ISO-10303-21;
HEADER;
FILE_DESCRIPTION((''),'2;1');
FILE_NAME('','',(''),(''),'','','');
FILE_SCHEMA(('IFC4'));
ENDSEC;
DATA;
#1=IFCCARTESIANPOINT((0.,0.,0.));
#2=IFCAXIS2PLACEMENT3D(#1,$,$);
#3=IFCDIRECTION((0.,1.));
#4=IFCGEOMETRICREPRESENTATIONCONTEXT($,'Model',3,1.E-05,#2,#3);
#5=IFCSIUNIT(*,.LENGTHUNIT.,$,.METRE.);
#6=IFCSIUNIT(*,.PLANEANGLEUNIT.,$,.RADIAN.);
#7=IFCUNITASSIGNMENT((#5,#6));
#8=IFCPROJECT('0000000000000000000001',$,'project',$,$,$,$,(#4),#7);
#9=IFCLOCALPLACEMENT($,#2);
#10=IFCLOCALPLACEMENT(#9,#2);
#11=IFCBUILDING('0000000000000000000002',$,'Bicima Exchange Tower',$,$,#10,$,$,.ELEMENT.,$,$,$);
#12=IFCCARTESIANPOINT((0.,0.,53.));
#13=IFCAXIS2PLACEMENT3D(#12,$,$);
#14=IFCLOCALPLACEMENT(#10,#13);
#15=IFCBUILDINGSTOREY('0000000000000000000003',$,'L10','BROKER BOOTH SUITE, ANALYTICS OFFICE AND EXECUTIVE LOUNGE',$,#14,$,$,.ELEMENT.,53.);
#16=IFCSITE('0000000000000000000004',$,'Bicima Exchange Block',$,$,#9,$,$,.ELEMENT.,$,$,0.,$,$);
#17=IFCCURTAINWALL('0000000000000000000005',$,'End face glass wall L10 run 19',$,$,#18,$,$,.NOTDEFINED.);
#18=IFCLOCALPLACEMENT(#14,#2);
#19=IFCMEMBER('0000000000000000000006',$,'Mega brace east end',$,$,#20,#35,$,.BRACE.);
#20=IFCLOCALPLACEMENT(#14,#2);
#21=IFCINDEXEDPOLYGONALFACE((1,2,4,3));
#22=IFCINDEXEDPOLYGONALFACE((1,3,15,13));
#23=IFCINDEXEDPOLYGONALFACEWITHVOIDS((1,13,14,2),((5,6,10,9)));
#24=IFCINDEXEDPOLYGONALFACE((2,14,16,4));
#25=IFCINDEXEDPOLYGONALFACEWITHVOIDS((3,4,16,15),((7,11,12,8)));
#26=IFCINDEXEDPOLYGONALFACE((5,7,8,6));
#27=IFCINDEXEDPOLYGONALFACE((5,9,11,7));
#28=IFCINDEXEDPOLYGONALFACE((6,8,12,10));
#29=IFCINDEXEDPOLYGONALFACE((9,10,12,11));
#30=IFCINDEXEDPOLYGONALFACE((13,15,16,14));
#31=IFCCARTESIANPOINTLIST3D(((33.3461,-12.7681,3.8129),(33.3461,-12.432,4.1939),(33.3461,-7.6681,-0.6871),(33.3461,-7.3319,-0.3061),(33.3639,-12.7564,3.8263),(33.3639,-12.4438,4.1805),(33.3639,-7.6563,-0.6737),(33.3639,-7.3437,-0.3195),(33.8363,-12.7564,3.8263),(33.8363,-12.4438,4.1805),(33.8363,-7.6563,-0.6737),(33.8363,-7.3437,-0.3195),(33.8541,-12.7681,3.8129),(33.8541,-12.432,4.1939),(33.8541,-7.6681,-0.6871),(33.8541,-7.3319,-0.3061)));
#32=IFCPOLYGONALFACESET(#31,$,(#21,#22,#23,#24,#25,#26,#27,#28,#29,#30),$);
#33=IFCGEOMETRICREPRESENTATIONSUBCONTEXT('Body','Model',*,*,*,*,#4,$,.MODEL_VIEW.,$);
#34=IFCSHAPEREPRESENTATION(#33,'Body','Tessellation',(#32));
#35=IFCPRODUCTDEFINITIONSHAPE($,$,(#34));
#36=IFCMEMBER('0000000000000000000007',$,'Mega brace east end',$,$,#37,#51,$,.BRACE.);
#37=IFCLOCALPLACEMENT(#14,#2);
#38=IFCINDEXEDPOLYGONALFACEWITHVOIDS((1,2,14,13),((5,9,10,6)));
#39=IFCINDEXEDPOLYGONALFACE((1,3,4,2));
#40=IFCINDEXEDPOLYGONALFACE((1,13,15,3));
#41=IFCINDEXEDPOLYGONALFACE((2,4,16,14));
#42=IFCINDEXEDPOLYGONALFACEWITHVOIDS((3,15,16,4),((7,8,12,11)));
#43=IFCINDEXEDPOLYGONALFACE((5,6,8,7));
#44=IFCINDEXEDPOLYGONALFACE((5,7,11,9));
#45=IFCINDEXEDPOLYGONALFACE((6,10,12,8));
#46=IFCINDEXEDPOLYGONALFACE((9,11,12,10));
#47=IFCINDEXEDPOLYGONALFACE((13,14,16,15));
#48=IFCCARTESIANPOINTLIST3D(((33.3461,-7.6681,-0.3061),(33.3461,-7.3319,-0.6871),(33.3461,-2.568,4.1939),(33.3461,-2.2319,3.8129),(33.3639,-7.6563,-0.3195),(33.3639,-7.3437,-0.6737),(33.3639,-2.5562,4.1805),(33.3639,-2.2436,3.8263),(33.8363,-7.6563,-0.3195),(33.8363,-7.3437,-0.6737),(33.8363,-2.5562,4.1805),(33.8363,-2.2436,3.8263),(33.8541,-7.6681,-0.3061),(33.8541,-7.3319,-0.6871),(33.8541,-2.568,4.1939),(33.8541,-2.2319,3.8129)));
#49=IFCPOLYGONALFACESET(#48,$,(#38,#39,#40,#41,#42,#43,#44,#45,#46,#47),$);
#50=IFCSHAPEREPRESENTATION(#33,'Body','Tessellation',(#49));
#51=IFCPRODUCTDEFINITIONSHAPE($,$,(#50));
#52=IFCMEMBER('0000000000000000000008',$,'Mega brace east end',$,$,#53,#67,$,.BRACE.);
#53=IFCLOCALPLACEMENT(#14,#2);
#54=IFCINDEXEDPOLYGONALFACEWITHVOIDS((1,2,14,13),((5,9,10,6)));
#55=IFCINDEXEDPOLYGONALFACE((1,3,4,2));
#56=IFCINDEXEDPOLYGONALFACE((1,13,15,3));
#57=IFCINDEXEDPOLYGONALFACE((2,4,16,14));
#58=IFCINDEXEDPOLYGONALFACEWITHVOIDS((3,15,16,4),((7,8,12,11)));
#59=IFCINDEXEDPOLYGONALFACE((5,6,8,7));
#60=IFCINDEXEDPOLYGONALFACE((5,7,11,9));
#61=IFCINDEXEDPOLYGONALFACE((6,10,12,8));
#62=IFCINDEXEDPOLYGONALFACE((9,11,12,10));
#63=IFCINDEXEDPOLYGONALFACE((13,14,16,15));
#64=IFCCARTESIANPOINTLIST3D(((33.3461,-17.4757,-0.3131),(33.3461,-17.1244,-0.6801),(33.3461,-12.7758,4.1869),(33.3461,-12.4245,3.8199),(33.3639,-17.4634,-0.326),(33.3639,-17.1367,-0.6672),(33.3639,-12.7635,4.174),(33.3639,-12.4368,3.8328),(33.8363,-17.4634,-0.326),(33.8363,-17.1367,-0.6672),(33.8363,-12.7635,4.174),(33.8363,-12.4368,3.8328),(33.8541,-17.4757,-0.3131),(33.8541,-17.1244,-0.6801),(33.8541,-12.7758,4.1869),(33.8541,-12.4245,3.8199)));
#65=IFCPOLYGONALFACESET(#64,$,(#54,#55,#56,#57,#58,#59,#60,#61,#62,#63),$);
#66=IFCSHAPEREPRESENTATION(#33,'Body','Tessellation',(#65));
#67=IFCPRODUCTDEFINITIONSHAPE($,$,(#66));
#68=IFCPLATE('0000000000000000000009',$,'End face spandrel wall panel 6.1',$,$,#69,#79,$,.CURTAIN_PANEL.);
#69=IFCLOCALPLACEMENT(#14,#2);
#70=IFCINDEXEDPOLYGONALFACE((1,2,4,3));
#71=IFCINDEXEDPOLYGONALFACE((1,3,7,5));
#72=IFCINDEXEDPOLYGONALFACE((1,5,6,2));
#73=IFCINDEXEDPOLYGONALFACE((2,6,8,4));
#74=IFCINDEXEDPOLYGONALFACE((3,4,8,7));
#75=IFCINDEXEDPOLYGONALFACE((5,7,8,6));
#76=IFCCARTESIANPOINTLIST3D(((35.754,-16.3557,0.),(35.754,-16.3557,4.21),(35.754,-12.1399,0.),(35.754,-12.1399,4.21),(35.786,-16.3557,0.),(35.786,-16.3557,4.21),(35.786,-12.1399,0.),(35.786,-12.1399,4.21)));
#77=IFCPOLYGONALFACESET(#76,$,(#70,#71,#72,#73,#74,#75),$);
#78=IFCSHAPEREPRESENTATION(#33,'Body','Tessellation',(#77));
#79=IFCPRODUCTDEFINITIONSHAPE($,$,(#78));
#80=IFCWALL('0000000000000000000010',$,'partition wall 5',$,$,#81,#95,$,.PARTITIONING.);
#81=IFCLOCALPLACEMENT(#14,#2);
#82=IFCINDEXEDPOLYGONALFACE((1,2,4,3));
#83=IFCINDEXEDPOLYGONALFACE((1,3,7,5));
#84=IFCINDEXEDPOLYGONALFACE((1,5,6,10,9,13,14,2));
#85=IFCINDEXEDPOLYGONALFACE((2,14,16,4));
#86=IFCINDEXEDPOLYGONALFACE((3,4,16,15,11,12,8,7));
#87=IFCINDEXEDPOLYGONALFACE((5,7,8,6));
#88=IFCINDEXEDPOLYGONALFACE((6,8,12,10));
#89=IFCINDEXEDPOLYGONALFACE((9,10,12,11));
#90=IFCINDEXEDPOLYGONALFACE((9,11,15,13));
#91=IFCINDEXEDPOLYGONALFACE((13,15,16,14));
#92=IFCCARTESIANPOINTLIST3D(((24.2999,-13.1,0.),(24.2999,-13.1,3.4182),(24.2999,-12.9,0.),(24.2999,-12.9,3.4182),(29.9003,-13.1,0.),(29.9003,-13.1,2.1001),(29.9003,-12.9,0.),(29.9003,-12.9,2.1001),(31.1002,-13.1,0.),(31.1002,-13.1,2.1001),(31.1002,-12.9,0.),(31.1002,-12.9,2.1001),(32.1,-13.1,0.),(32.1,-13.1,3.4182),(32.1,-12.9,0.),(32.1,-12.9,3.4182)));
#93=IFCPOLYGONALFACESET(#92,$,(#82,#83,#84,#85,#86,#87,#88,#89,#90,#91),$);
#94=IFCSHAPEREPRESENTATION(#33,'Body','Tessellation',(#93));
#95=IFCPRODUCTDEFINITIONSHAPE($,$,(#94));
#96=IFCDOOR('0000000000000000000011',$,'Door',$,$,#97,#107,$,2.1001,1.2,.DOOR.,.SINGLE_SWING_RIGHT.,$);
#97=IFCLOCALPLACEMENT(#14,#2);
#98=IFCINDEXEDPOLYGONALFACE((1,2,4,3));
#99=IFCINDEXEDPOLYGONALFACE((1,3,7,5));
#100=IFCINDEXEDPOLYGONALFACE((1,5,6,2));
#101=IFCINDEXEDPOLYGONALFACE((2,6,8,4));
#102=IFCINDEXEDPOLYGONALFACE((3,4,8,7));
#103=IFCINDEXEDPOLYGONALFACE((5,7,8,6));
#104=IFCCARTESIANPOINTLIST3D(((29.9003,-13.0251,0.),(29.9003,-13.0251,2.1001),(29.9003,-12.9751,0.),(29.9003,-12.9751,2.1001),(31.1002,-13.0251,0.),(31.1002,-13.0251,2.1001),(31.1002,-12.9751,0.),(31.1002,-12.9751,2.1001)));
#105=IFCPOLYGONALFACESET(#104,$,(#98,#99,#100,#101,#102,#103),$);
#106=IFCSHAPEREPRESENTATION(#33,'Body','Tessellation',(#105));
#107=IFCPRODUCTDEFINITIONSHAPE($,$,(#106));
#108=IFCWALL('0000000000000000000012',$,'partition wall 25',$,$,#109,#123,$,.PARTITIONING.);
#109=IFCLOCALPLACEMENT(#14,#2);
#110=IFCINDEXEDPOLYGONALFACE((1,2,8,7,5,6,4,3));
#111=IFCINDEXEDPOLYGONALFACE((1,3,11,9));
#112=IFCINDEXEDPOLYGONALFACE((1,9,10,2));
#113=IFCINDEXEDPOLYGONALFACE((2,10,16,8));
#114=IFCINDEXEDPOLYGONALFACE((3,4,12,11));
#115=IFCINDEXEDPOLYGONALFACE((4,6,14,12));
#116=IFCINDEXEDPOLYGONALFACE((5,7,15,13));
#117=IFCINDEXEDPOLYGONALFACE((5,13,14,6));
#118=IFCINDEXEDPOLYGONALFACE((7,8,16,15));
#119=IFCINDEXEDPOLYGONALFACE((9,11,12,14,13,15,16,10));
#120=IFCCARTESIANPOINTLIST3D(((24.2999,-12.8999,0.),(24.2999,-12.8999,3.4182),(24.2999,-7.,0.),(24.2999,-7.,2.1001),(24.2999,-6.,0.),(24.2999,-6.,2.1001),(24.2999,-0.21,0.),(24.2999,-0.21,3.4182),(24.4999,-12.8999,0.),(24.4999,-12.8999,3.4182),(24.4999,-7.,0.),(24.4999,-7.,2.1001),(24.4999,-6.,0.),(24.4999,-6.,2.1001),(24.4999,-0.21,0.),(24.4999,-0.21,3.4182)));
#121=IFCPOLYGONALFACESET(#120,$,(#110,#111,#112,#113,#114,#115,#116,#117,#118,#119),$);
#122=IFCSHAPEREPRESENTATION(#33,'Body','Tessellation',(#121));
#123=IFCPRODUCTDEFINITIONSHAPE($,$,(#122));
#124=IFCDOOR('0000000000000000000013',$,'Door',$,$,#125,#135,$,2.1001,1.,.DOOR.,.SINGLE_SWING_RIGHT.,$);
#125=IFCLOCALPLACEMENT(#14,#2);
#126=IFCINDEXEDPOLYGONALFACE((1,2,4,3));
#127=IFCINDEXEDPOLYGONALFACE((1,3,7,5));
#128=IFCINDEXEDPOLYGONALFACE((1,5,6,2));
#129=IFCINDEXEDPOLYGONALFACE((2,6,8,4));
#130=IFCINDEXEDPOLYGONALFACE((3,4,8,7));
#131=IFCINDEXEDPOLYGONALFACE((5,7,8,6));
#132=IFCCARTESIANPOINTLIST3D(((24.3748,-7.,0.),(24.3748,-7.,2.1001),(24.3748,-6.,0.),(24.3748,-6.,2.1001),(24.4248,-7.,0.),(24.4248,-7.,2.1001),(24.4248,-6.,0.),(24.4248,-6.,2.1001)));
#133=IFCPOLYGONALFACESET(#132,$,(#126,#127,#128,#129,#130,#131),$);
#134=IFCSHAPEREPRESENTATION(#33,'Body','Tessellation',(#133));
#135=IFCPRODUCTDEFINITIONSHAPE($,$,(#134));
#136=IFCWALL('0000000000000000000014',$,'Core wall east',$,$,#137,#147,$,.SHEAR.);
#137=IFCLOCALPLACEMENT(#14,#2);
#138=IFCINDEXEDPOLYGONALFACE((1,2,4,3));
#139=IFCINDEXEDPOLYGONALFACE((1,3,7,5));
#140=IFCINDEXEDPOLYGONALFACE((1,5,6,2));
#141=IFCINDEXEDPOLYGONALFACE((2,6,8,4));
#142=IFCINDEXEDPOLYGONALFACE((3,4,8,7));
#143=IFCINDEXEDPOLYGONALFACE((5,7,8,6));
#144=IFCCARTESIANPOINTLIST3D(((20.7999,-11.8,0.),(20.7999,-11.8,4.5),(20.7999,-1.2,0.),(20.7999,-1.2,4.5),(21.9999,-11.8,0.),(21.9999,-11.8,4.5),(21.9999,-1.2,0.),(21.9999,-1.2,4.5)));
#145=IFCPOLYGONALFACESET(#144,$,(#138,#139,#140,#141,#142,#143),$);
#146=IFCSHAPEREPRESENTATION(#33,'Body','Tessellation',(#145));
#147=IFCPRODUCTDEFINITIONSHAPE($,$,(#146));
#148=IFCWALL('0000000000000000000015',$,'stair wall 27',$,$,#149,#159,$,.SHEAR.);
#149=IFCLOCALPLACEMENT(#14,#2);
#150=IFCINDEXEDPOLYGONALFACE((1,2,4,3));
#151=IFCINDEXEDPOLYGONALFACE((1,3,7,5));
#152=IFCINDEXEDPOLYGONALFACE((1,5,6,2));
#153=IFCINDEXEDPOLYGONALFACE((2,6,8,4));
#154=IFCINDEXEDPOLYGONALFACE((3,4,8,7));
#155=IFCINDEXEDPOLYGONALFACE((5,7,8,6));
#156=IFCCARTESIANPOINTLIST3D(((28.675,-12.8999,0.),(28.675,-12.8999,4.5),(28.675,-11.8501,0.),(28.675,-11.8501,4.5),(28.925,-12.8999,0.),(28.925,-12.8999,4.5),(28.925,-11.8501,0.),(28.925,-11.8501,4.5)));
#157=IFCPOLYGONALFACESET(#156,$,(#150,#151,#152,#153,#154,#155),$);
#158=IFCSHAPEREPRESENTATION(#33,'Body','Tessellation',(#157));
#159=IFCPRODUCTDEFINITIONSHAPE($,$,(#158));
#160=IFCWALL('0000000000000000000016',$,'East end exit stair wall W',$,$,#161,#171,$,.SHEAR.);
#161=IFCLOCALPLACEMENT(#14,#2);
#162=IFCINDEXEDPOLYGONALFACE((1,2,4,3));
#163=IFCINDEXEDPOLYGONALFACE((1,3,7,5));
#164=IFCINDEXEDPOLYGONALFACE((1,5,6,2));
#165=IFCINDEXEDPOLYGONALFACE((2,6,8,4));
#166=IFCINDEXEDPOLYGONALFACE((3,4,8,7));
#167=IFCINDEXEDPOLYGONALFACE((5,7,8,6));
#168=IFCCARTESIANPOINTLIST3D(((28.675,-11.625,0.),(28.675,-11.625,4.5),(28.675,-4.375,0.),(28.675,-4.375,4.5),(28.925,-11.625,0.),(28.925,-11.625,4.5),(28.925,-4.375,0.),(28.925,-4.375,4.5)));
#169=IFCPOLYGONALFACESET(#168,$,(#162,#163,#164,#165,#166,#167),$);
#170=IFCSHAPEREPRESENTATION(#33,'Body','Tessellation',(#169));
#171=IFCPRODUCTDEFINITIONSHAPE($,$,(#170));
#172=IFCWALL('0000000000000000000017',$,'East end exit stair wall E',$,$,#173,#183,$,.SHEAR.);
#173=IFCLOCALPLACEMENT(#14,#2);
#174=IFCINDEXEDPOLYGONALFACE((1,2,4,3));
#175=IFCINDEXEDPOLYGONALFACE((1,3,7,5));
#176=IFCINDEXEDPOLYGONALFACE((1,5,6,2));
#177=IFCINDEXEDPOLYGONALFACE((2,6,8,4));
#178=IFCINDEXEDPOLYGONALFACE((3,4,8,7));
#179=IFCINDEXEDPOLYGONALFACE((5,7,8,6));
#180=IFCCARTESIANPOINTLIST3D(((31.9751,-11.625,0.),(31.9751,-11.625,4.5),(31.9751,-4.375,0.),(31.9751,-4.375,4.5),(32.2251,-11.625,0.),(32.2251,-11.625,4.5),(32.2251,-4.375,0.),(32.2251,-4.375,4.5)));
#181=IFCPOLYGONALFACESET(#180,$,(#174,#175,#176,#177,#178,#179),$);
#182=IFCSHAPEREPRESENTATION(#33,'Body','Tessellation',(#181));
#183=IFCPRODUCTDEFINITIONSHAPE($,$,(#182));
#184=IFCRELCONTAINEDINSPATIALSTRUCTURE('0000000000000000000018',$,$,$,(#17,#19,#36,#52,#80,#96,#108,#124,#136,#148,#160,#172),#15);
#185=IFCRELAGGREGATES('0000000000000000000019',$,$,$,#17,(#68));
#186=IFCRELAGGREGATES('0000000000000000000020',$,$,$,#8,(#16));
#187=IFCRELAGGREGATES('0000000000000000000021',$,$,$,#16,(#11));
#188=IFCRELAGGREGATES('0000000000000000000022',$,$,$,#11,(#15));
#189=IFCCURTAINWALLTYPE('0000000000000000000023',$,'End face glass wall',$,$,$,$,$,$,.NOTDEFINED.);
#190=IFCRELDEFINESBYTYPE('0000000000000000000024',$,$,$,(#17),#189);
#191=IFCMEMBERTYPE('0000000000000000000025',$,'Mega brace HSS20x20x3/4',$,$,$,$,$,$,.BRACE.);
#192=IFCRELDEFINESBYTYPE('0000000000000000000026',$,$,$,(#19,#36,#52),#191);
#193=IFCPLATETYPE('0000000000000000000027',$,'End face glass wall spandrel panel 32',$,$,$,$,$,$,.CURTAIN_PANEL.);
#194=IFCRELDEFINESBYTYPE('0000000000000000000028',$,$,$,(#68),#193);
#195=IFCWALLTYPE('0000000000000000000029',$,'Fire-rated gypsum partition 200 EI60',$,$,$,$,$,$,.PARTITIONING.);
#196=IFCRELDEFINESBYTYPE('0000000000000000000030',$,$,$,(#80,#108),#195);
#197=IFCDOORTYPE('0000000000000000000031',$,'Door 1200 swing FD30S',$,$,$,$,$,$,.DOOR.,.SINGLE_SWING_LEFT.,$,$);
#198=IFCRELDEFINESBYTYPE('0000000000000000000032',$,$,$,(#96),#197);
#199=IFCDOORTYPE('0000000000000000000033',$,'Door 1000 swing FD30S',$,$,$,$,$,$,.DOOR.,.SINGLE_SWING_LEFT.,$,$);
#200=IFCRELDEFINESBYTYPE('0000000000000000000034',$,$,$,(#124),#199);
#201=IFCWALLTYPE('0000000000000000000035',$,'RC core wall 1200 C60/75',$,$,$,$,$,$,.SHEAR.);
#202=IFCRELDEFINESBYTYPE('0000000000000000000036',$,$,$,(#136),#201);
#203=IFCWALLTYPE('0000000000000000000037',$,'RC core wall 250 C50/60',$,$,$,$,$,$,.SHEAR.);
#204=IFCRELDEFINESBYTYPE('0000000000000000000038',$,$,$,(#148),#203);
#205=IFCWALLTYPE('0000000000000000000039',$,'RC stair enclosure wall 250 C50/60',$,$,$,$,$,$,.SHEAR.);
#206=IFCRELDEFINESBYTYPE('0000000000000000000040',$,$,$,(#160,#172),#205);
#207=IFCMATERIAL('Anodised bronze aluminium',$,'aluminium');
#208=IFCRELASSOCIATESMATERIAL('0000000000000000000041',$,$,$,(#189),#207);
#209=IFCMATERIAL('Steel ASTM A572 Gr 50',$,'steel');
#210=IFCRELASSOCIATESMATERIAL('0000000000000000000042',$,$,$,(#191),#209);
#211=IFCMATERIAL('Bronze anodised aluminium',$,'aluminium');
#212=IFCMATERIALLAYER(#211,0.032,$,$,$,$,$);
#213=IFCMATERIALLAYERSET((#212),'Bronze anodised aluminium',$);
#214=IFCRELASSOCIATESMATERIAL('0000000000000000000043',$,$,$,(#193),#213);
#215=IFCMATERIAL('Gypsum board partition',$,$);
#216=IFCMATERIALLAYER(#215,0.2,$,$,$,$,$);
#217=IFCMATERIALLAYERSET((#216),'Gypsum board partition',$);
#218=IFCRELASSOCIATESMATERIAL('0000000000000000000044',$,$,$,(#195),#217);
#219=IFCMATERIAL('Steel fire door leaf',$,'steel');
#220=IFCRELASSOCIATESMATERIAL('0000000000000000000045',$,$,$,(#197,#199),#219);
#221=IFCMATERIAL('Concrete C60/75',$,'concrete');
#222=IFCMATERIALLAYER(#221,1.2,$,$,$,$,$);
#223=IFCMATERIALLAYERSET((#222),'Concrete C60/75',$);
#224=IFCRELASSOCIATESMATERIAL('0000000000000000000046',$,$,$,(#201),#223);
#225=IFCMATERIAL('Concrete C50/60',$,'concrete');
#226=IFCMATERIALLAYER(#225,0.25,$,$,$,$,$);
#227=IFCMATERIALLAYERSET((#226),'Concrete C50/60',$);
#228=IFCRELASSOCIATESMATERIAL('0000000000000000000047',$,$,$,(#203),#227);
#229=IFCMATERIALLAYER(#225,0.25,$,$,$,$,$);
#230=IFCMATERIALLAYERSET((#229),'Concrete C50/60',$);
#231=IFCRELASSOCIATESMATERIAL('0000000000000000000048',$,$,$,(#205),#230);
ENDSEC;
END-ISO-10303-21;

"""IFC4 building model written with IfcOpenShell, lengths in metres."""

from ifc_helpers import new_model, si_unit, direction, frame, frame_2d, origin, origin_2d, place, context, subcontext, project, spatial, rectangle, hollow_rectangle, extrude, material, layer, layer_set, material_profile, profile_set, type_object, element, fill, aggregate, save


model = new_model("IFC4")

# Units and contexts
model_context = context("Model", 3, precision=1e-05, world=origin(), true_north=direction((0.0, 1.0)))
body_context = subcontext(model_context, "Body", "Model", "MODEL_VIEW")
ifc_project = project(units=[si_unit("LENGTHUNIT", "METRE"), si_unit("PLANEANGLEUNIT", "RADIAN")], contexts=[model_context])

# Site, building, storey
site_placement = place(None, origin())
site = spatial("IfcSite", under=ifc_project, at=site_placement, Name="Bicima Exchange Block", CompositionType="ELEMENT", RefElevation=0.0)
building_placement = place(site_placement, origin())
building = spatial("IfcBuilding", under=site, at=building_placement, Name="Bicima Exchange Tower", CompositionType="ELEMENT")
storey_placement = place(building_placement, frame((0.0, 0.0, 53.0)))
storey = spatial("IfcBuildingStorey", under=building, at=storey_placement, Name="L10", Description="BROKER BOOTH SUITE, ANALYTICS OFFICE AND EXECUTIVE LOUNGE", CompositionType="ELEMENT", Elevation=53.0)

# Curtain wall
ifc_material_1 = material(Name="Anodised bronze aluminium", Category="aluminium")
curtain_wall_type = type_object("IfcCurtainWallType", Name="End face glass wall", PredefinedType="NOTDEFINED", material=ifc_material_1)
curtain_wall_placement = place(storey_placement, origin())
curtain_wall = element("IfcCurtainWall", 1, at=curtain_wall_placement, inside=storey, type_object=curtain_wall_type, Name="End face glass wall L10 run 19", PredefinedType="NOTDEFINED")

# Members
ifc_material_2 = material(Name="Steel ASTM A572 Gr 50", Category="steel")
ifc_material_profile_1 = material_profile(ifc_material_2, hollow_rectangle(XDim=0.5081, YDim=0.5081, WallThickness=0.0178, at=origin_2d()))
ifc_profile_set_1 = profile_set([ifc_material_profile_1], Name="Steel ASTM A572 Gr 50")
member_type_1 = type_object("IfcMemberType", Name="Mega brace HSS20x20x3/4", PredefinedType="BRACE", material=ifc_profile_set_1)
for number, where, z_axis, x_axis, name in (
    (2, (33.6001, -7.5, -0.4966), (0.0, -0.749844, 0.661615), (1.0, 0.0, 0.0), "Mega brace east end"),
    (3, (33.6001, -7.5, -0.4966), (0.0, 0.749844, 0.661615), (-1.0, 0.0, 0.0), "Mega brace east end"),
):
    element("IfcMember", number, at=place(storey_placement, frame(where, z_axis=z_axis, x_axis=x_axis)), inside=storey, type_object=member_type_1, Name=name, PredefinedType="BRACE", context=body_context, shape_type="SweptSolid", body=[
        extrude(hollow_rectangle(XDim=0.5081, YDim=0.5081, WallThickness=0.0178, at=origin_2d()), origin(), (0.0, 0.0, 1.0), 6.8015),
    ])
member_1_placement = place(storey_placement, frame((33.6001, -17.3, -0.4966), z_axis=(0.0, 0.722304, 0.691575), x_axis=(-1.0, 0.0, 0.0)))
element("IfcMember", 4, at=member_1_placement, inside=storey, type_object=member_type_1, Name="Mega brace east end", PredefinedType="BRACE", context=body_context, shape_type="SweptSolid", body=[
    extrude(hollow_rectangle(XDim=0.5081, YDim=0.5081, WallThickness=0.0178, at=origin_2d()), origin(), (0.0, 0.0, 1.0), 6.5068),
])

# Plate
ifc_material_3 = material(Name="Bronze anodised aluminium", Category="aluminium")
ifc_layer_1 = layer(ifc_material_3, 0.032)
ifc_layer_set_1 = layer_set([ifc_layer_1], Name="Bronze anodised aluminium")
plate_type = type_object("IfcPlateType", Name="End face glass wall spandrel panel 32", PredefinedType="CURTAIN_PANEL", material=ifc_layer_set_1)
plate_placement = place(storey_placement, frame((35.77, -14.2478, 0.0), z_axis=(0.0, 0.0, 1.0), x_axis=(0.0, 1.0, 0.0)))
plate = element("IfcPlate", 5, at=plate_placement, type_object=plate_type, Name="End face spandrel wall panel 6.1", PredefinedType="CURTAIN_PANEL", context=body_context, shape_type="SweptSolid", body=[
    extrude(rectangle(XDim=4.2158, YDim=0.032, at=origin_2d()), origin(), (0.0, 0.0, 1.0), 4.21),
])
aggregate(curtain_wall, [plate])

# Walls, openings, doors
ifc_material_4 = material(Name="Gypsum board partition")
ifc_layer_2 = layer(ifc_material_4, 0.2)
ifc_layer_set_2 = layer_set([ifc_layer_2], Name="Gypsum board partition")
wall_type_1 = type_object("IfcWallType", Name="Fire-rated gypsum partition 200 EI60", PredefinedType="PARTITIONING", material=ifc_layer_set_2)
wall_1_placement = place(storey_placement, frame((24.3, -13.0, 0.0), z_axis=(0.0, 0.0, 1.0), x_axis=(1.0, 0.0, 0.0)))
wall_1 = element("IfcWall", 6, at=wall_1_placement, inside=storey, type_object=wall_type_1, Name="partition wall 5", PredefinedType="PARTITIONING", context=body_context, shape_type="SweptSolid", body=[
    extrude(rectangle(XDim=7.8, YDim=0.2, at=frame_2d((3.8999, 0.0))), origin(), (0.0, 0.0, 1.0), 3.4182),
])
opening_1_placement = place(wall_1_placement, frame((5.6001, 0.0, 0.0)))
opening_1 = element("IfcOpeningElement", 7, at=opening_1_placement, cuts=wall_1, PredefinedType="OPENING", context=body_context, shape_type="SweptSolid", body=[
    extrude(rectangle(XDim=1.2, YDim=2.1001, at=frame_2d((0.6001, 1.05))), frame((0.0, 0.1118, 0.0), z_axis=(0.0, -1.0, 0.0), x_axis=(1.0, 0.0, 0.0)), (0.0, 0.0, 1.0), 0.2239),
])
ifc_material_5 = material(Name="Steel fire door leaf", Category="steel")
door_type_1 = type_object("IfcDoorType", Name="Door 1200 swing FD30S", OperationType="SINGLE_SWING_LEFT", PredefinedType="DOOR", material=ifc_material_5)
door_1_placement = place(opening_1_placement, origin())
door_1 = element("IfcDoor", 8, at=door_1_placement, inside=storey, type_object=door_type_1, Name="Door", OperationType="SINGLE_SWING_RIGHT", OverallHeight=2.1001, OverallWidth=1.2, PredefinedType="DOOR", context=body_context, shape_type="SweptSolid", body=[
    extrude(rectangle(XDim=1.2, YDim=2.1001, at=frame_2d((0.6001, 1.05))), frame((0.0, 0.0249, 0.0), z_axis=(0.0, -1.0, 0.0), x_axis=(1.0, 0.0, 0.0)), (0.0, 0.0, 1.0), 0.05),
])
fill(opening_1, door_1)
wall_2_placement = place(storey_placement, frame((24.3999, -12.8999, 0.0), z_axis=(0.0, 0.0, 1.0), x_axis=(0.0, 1.0, 0.0)))
wall_2 = element("IfcWall", 9, at=wall_2_placement, inside=storey, type_object=wall_type_1, Name="partition wall 25", PredefinedType="PARTITIONING", context=body_context, shape_type="SweptSolid", body=[
    extrude(rectangle(XDim=12.6899, YDim=0.2, at=frame_2d((6.345, 0.0))), origin(), (0.0, 0.0, 1.0), 3.4182),
])
opening_2_placement = place(wall_2_placement, frame((5.8999, 0.0, 0.0)))
opening_2 = element("IfcOpeningElement", 10, at=opening_2_placement, cuts=wall_2, PredefinedType="OPENING", context=body_context, shape_type="SweptSolid", body=[
    extrude(rectangle(XDim=1.0, YDim=2.1001, at=frame_2d((0.5, 1.05))), frame((0.0, 0.1118, 0.0), z_axis=(0.0, -1.0, 0.0), x_axis=(1.0, 0.0, 0.0)), (0.0, 0.0, 1.0), 0.2239),
])
door_type_2 = type_object("IfcDoorType", Name="Door 1000 swing FD30S", OperationType="SINGLE_SWING_LEFT", PredefinedType="DOOR", material=ifc_material_5)
door_2_placement = place(opening_2_placement, frame((1.0, 0.0, 0.0), z_axis=(0.0, 0.0, 1.0), x_axis=(-1.0, 0.0, 0.0)))
door_2 = element("IfcDoor", 11, at=door_2_placement, inside=storey, type_object=door_type_2, Name="Door", OperationType="SINGLE_SWING_RIGHT", OverallHeight=2.1001, OverallWidth=1.0, PredefinedType="DOOR", context=body_context, shape_type="SweptSolid", body=[
    extrude(rectangle(XDim=1.0, YDim=2.1001, at=frame_2d((0.5, 1.05))), frame((0.0, 0.0249, 0.0), z_axis=(0.0, -1.0, 0.0), x_axis=(1.0, 0.0, 0.0)), (0.0, 0.0, 1.0), 0.05),
])
fill(opening_2, door_2)

# Walls
ifc_material_6 = material(Name="Concrete C60/75", Category="concrete")
ifc_layer_3 = layer(ifc_material_6, 1.2)
ifc_layer_set_3 = layer_set([ifc_layer_3], Name="Concrete C60/75")
wall_type_2 = type_object("IfcWallType", Name="RC core wall 1200 C60/75", PredefinedType="SHEAR", material=ifc_layer_set_3)
wall_3_placement = place(storey_placement, frame((21.3999, -11.8, 0.0), z_axis=(0.0, 0.0, 1.0), x_axis=(0.0, 1.0, 0.0)))
element("IfcWall", 12, at=wall_3_placement, inside=storey, type_object=wall_type_2, Name="Core wall east", PredefinedType="SHEAR", context=body_context, shape_type="SweptSolid", body=[
    extrude(rectangle(XDim=10.6001, YDim=1.2, at=frame_2d((5.3, 0.0))), origin(), (0.0, 0.0, 1.0), 4.5),
])
ifc_material_7 = material(Name="Concrete C50/60", Category="concrete")
ifc_layer_4 = layer(ifc_material_7, 0.25)
ifc_layer_set_4 = layer_set([ifc_layer_4], Name="Concrete C50/60")
wall_type_3 = type_object("IfcWallType", Name="RC core wall 250 C50/60", PredefinedType="SHEAR", material=ifc_layer_set_4)
wall_4_placement = place(storey_placement, frame((28.8, -12.8999, 0.0), z_axis=(0.0, 0.0, 1.0), x_axis=(0.0, 1.0, 0.0)))
element("IfcWall", 13, at=wall_4_placement, inside=storey, type_object=wall_type_3, Name="stair wall 27", PredefinedType="SHEAR", context=body_context, shape_type="SweptSolid", body=[
    extrude(rectangle(XDim=1.0498, YDim=0.25, at=frame_2d((0.5249, 0.0))), origin(), (0.0, 0.0, 1.0), 4.5),
])
ifc_layer_5 = layer(ifc_material_7, 0.25)
ifc_layer_set_5 = layer_set([ifc_layer_5], Name="Concrete C50/60")
wall_type_4 = type_object("IfcWallType", Name="RC stair enclosure wall 250 C50/60", PredefinedType="SHEAR", material=ifc_layer_set_5)
for number, where, z_axis, x_axis, name in (
    (14, (28.8, -11.625, 0.0), (0.0, 0.0, 1.0), (0.0, 1.0, 0.0), "East end exit stair wall W"),
    (15, (32.1001, -11.625, 0.0), (0.0, 0.0, 1.0), (0.0, 1.0, 0.0), "East end exit stair wall E"),
):
    element("IfcWall", number, at=place(storey_placement, frame(where, z_axis=z_axis, x_axis=x_axis)), inside=storey, type_object=wall_type_4, Name=name, PredefinedType="SHEAR", context=body_context, shape_type="SweptSolid", body=[
        extrude(rectangle(XDim=7.25, YDim=0.25, at=frame_2d((3.625, 0.0))), origin(), (0.0, 0.0, 1.0), 4.5),
    ])

save(model, "model.ifc")
